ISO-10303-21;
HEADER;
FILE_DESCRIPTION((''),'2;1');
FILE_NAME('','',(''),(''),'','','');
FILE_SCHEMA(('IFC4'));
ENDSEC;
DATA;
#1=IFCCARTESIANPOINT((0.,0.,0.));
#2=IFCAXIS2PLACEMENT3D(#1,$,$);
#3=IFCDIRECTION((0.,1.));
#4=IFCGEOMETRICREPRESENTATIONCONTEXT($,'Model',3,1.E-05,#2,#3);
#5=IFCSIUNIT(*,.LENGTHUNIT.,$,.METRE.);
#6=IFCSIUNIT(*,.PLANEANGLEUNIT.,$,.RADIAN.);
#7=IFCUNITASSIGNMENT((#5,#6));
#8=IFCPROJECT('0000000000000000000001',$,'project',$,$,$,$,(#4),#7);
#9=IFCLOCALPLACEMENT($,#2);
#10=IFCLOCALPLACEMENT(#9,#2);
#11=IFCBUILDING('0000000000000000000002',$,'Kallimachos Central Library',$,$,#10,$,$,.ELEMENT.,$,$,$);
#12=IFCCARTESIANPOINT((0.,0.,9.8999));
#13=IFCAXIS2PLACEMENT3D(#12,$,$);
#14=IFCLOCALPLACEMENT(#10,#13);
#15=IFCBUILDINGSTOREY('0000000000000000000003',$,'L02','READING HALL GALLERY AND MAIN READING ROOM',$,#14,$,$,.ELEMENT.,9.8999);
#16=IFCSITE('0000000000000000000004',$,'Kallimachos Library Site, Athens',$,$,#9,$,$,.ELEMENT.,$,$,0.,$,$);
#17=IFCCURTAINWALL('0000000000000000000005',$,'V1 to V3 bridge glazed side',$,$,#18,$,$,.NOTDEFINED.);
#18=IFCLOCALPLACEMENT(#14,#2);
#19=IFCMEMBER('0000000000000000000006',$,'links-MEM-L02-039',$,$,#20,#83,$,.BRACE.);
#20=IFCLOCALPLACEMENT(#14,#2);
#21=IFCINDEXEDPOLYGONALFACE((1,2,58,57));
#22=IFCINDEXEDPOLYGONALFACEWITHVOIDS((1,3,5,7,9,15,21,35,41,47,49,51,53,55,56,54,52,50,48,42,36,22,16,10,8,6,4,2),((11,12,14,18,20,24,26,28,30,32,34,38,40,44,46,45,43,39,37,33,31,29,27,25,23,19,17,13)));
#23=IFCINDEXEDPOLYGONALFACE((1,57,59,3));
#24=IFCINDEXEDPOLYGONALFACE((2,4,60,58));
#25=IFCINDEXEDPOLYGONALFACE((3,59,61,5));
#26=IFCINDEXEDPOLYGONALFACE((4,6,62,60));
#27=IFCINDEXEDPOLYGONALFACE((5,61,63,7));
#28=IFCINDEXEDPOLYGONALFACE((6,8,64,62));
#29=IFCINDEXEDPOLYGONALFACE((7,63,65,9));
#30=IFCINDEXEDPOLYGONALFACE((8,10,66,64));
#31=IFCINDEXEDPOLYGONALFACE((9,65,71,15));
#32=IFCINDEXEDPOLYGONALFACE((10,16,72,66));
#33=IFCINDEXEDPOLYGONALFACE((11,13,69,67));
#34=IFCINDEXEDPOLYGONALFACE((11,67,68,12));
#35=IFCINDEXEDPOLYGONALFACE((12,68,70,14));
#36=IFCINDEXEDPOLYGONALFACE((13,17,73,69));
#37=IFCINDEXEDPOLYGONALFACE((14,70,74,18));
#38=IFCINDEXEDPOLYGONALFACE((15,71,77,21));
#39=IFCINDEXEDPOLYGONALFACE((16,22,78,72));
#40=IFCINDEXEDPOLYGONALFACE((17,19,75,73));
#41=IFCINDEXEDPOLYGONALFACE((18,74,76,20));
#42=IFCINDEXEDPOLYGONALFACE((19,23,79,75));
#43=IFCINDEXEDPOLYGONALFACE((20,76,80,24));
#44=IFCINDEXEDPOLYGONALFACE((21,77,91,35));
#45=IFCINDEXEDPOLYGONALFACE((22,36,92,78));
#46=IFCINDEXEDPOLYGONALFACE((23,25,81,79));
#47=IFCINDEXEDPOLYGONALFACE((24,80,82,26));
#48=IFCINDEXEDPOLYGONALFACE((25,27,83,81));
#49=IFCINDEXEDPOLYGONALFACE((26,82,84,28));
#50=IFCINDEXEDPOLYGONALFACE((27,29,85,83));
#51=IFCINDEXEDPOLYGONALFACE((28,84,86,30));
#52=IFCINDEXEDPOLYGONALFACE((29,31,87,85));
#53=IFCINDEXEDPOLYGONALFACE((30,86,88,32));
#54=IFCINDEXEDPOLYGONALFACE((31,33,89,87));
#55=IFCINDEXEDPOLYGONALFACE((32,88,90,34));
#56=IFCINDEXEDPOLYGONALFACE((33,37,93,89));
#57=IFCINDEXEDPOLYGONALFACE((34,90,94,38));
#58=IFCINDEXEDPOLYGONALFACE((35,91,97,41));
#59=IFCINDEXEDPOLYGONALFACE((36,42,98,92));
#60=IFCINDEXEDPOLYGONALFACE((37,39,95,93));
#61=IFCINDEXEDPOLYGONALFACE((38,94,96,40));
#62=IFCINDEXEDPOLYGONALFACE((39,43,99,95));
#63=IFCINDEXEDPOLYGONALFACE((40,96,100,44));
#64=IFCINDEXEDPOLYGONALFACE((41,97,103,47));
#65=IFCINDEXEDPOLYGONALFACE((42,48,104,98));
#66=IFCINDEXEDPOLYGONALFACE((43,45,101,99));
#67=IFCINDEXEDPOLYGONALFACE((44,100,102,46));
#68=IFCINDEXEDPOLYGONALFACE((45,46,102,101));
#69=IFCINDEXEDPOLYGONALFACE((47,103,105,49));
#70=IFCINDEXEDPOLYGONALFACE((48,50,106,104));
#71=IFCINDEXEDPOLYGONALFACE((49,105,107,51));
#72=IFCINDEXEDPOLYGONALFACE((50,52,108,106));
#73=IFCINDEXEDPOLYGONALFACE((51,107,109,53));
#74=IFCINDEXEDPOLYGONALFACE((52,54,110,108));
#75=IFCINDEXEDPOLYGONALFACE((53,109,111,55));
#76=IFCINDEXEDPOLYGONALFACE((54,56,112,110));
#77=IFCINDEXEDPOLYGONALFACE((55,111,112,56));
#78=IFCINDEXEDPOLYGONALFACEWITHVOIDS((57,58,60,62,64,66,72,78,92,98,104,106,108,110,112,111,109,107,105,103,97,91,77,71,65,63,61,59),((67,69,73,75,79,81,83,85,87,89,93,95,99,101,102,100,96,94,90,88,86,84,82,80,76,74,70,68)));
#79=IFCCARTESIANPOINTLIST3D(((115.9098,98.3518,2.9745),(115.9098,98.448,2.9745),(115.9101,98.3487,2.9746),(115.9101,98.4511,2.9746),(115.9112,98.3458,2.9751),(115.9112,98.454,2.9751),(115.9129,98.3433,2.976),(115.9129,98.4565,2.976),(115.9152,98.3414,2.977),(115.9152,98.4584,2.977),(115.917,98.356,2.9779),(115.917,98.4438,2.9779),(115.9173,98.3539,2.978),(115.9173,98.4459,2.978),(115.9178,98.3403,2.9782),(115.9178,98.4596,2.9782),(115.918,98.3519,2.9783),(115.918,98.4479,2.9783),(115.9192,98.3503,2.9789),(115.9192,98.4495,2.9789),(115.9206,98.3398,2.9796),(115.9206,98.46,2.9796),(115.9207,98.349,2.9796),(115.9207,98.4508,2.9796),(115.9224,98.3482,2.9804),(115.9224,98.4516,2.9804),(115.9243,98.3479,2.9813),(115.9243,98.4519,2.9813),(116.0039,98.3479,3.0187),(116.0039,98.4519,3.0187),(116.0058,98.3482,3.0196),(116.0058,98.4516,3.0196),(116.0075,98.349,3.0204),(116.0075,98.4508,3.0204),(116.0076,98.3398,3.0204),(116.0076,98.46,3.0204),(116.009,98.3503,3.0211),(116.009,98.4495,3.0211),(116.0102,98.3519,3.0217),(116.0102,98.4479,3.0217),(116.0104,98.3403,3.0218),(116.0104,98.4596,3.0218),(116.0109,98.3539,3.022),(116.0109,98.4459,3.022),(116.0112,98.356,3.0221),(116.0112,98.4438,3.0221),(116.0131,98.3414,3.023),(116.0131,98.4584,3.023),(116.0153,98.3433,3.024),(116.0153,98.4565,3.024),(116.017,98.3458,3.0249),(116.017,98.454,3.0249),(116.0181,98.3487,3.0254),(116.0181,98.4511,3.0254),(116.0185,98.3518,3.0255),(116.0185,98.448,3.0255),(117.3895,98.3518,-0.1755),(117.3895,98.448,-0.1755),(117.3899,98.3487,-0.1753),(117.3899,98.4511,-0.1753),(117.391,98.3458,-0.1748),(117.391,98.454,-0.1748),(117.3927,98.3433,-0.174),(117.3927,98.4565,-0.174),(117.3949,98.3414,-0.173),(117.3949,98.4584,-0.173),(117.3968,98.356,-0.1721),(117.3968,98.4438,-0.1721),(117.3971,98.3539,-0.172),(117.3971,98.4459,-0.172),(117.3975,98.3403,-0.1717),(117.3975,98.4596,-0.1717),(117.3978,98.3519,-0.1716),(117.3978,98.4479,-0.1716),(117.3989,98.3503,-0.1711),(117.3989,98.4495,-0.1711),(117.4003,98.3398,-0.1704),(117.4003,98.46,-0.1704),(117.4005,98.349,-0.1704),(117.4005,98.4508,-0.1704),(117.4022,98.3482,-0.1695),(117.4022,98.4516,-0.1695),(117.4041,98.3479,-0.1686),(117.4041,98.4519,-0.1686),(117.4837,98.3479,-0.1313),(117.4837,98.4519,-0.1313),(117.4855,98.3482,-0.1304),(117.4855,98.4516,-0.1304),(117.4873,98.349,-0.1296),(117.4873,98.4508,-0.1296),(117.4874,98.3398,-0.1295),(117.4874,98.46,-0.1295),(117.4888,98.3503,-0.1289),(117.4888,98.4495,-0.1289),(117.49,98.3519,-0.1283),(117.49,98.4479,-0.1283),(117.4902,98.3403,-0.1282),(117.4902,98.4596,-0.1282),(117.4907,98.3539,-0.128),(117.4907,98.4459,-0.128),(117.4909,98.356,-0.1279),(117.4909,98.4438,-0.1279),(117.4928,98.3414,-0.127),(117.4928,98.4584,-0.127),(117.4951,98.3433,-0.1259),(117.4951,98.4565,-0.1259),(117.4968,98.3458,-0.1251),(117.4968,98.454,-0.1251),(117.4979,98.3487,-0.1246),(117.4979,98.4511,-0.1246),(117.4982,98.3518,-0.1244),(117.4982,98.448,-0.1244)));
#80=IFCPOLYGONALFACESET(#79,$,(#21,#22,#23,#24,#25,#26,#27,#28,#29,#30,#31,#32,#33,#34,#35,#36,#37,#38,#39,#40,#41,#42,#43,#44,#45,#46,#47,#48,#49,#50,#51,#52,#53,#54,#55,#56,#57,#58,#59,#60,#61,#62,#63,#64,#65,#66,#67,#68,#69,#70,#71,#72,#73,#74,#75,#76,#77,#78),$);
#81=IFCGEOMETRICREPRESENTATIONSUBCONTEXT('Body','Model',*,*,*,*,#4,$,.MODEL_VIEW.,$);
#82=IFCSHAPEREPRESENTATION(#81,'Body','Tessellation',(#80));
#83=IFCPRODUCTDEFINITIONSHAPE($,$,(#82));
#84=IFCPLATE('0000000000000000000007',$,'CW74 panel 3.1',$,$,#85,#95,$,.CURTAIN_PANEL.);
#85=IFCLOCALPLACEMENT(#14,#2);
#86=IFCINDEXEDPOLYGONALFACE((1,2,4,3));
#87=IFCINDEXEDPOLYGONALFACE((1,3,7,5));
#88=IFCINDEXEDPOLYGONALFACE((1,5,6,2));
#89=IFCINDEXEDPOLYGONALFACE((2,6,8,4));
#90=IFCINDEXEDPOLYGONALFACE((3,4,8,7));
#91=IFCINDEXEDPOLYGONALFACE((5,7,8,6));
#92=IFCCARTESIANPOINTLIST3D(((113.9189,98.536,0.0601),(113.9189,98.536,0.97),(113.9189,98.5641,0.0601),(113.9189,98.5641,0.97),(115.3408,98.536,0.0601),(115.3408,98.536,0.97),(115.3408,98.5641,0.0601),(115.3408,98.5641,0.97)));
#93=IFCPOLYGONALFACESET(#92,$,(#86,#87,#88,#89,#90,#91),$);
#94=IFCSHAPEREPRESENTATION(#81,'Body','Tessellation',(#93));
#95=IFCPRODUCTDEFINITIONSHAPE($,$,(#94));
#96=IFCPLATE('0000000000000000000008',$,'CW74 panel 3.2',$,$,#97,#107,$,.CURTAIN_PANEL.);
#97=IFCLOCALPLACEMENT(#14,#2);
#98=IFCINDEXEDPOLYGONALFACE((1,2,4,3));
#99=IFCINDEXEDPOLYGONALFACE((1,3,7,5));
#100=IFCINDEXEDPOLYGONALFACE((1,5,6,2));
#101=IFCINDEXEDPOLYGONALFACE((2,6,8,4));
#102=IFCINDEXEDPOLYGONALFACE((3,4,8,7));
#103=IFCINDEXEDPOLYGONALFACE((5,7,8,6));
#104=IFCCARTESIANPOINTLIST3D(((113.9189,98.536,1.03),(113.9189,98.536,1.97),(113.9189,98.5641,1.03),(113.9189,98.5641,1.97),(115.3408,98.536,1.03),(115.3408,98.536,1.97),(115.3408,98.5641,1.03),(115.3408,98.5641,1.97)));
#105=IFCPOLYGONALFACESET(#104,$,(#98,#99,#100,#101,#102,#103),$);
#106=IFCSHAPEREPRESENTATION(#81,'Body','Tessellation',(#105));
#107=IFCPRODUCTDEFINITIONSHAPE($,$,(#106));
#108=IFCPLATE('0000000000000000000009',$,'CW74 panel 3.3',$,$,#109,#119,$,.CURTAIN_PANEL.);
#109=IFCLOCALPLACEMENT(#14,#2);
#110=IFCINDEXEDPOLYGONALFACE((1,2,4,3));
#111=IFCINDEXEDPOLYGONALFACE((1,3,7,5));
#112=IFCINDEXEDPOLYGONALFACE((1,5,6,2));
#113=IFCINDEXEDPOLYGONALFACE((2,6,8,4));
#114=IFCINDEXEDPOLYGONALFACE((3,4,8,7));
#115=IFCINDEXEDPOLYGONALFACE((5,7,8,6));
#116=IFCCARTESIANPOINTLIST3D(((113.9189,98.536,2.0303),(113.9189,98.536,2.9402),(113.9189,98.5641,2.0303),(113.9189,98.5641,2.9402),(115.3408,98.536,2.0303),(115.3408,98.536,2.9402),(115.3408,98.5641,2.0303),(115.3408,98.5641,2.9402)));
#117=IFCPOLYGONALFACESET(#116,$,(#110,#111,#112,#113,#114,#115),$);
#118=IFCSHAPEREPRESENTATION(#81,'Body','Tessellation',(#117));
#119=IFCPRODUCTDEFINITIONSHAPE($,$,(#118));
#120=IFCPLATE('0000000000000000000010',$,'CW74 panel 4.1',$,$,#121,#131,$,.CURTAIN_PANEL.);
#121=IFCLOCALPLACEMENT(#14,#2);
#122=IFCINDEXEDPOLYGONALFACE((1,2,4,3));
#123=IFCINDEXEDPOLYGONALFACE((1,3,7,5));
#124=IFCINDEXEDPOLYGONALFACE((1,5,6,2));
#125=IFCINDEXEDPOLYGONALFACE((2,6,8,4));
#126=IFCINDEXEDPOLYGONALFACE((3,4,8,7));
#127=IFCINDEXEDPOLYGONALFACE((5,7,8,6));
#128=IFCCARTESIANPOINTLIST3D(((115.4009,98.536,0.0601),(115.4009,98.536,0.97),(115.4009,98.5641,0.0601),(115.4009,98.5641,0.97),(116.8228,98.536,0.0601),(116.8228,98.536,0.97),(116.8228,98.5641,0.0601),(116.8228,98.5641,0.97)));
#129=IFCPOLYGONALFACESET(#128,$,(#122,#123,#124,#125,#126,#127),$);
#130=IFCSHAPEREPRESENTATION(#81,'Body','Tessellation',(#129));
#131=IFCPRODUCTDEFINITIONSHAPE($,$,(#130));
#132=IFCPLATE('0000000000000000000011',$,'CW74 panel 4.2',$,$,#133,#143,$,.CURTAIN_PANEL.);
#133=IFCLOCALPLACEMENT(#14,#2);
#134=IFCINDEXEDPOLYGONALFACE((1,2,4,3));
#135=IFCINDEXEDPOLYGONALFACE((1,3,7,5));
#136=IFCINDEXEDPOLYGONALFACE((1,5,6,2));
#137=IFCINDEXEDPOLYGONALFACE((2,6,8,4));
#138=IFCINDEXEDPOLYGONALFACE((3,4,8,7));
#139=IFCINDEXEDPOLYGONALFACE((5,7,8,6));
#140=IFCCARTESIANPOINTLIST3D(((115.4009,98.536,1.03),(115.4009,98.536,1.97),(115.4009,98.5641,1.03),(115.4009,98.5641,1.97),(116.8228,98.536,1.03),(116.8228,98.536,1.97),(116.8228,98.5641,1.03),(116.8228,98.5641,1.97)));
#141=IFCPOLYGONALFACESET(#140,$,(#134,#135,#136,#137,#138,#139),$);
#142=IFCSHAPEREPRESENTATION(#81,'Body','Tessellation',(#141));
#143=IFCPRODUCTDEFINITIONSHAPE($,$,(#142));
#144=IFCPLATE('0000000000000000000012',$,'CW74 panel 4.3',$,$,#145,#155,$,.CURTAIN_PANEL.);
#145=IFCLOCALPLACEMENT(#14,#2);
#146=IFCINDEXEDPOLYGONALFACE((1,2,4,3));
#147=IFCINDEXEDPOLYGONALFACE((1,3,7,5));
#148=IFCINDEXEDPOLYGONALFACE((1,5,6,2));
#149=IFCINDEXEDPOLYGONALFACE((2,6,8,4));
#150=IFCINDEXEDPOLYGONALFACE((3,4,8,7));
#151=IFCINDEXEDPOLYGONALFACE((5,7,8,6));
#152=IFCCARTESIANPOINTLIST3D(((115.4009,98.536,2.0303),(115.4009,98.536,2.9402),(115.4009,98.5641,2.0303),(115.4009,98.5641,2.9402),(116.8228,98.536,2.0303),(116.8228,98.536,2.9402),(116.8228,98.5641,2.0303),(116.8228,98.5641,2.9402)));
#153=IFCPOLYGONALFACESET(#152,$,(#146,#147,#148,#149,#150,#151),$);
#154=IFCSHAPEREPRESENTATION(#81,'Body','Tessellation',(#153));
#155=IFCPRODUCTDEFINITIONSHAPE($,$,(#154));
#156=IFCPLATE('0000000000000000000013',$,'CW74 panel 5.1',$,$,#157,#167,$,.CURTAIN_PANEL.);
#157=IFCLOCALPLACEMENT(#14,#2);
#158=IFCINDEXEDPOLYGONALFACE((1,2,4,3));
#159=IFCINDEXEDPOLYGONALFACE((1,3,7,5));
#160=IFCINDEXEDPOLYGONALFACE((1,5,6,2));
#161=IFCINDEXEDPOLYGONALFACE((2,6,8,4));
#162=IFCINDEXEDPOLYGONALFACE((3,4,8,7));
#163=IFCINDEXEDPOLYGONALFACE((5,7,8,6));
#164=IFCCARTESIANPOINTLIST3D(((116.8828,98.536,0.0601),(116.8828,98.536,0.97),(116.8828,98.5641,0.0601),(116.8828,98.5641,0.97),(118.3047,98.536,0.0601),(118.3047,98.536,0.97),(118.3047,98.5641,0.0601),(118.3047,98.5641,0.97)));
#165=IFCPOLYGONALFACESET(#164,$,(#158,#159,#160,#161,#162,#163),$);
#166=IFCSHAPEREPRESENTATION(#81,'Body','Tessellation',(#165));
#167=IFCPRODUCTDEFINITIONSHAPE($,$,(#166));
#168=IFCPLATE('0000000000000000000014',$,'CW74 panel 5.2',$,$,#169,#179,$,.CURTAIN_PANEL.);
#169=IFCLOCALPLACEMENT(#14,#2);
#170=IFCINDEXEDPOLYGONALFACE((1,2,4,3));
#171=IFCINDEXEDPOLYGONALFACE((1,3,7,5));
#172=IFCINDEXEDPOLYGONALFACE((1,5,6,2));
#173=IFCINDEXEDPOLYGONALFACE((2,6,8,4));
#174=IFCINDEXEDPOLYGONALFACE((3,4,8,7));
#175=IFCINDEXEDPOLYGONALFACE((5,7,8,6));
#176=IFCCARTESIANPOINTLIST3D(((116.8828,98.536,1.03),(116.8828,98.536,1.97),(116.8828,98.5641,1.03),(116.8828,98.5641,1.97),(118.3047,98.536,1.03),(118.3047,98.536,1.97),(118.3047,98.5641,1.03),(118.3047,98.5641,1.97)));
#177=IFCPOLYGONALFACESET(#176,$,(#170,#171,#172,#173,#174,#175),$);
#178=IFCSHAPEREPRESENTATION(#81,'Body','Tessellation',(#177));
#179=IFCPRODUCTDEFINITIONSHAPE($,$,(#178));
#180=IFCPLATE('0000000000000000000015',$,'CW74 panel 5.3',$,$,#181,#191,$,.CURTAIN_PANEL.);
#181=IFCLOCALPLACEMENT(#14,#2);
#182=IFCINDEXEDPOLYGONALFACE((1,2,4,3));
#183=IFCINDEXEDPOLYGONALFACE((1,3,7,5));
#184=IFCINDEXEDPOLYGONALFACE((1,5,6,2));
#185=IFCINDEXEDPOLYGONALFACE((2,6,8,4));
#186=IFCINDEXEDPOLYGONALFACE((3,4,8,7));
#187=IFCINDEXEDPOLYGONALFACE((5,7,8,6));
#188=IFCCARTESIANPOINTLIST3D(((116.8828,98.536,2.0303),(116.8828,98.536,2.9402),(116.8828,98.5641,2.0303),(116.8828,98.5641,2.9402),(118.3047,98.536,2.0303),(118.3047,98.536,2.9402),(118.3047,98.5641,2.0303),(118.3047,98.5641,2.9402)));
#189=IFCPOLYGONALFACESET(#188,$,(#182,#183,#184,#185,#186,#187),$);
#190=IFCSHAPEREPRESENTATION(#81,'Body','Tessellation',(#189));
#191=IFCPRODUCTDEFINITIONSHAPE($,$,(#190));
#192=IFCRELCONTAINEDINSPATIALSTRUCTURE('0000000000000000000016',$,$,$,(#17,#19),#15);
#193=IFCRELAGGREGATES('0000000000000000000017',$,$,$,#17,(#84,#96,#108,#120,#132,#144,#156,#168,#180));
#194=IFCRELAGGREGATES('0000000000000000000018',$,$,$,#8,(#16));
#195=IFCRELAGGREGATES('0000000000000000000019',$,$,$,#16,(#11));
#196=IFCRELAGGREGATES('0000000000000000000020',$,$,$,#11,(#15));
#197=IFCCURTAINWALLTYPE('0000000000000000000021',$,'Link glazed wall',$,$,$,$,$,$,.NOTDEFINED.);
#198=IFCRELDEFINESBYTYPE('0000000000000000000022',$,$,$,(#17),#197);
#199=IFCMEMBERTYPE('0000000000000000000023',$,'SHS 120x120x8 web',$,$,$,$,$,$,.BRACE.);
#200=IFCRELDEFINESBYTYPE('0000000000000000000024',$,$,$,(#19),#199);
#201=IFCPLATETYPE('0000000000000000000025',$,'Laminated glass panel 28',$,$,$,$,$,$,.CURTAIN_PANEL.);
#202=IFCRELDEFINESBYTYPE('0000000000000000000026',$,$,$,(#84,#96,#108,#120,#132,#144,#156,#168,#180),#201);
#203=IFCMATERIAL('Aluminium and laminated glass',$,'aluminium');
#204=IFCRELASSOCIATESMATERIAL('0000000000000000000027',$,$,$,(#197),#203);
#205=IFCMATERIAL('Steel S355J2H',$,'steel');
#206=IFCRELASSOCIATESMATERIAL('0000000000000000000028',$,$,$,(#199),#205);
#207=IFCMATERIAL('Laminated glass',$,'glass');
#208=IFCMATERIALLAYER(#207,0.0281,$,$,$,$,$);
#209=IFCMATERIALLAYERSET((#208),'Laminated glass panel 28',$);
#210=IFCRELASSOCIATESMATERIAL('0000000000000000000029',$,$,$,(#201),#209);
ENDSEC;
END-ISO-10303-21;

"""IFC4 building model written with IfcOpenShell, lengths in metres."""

from ifc_helpers import new_model, si_unit, direction, frame, origin, origin_2d, place, context, subcontext, project, spatial, rectangle, hollow_rectangle, extrude, material, layer, layer_set, material_profile, profile_set, type_object, element, aggregate, save


model = new_model("IFC4")

# Units and contexts
model_context = context("Model", 3, precision=1e-05, world=origin(), true_north=direction((0.0, 1.0)))
body_context = subcontext(model_context, "Body", "Model", "MODEL_VIEW")
ifc_project = project(units=[si_unit("LENGTHUNIT", "METRE"), si_unit("PLANEANGLEUNIT", "RADIAN")], contexts=[model_context])

# Site, building, storey
site_placement = place(None, origin())
site = spatial("IfcSite", under=ifc_project, at=site_placement, Name="Kallimachos Library Site, Athens", CompositionType="ELEMENT", RefElevation=0.0)
building_placement = place(site_placement, origin())
building = spatial("IfcBuilding", under=site, at=building_placement, Name="Kallimachos Central Library", CompositionType="ELEMENT")
storey_placement = place(building_placement, frame((0.0, 0.0, 9.8999)))
storey = spatial("IfcBuildingStorey", under=building, at=storey_placement, Name="L02", Description="READING HALL GALLERY AND MAIN READING ROOM", CompositionType="ELEMENT", Elevation=9.8999)

# Curtain wall
ifc_material_1 = material(Name="Aluminium and laminated glass", Category="aluminium")
curtain_wall_type = type_object("IfcCurtainWallType", Name="Link glazed wall", PredefinedType="NOTDEFINED", material=ifc_material_1)
curtain_wall_1_placement = place(storey_placement, origin())
curtain_wall_1 = element("IfcCurtainWall", 1, at=curtain_wall_1_placement, inside=storey, type_object=curtain_wall_type, Name="V1 to V3 bridge glazed side", PredefinedType="NOTDEFINED")

# Member
ifc_material_2 = material(Name="Steel S355J2H", Category="steel")
ifc_material_profile_1 = material_profile(ifc_material_2, hollow_rectangle(XDim=0.1201, YDim=0.1201, WallThickness=0.0081, InnerFilletRadius=0.0081, OuterFilletRadius=0.012, at=origin_2d()), Name="SHS 120x120x8")
ifc_profile_set_1 = profile_set([ifc_material_profile_1], Name="Steel S355J2H")
member_type_1 = type_object("IfcMemberType", Name="SHS 120x120x8 web", PredefinedType="BRACE", material=ifc_profile_set_1)
for number, where, z_axis, x_axis, name in (
    (2, (115.9641, 98.3999, 3.0), (0.425192, 0.0, -0.905103), (0.0, 1.0, 0.0), "links-MEM-L02-039"),
):
    element("IfcMember", number, at=place(storey_placement, frame(where, z_axis=z_axis, x_axis=x_axis)), inside=storey, type_object=member_type_1, Name=name, PredefinedType="BRACE", context=body_context, shape_type="SweptSolid", body=[
        extrude(hollow_rectangle(XDim=0.1201, YDim=0.1201, WallThickness=0.0081, InnerFilletRadius=0.0081, OuterFilletRadius=0.012, at=origin_2d()), origin(), (0.0, 0.0, 1.0), 3.4802),
    ])

# Plates
ifc_material_3 = material(Name="Laminated glass", Category="glass")
ifc_layer = layer(ifc_material_3, 0.0281)
ifc_layer_set = layer_set([ifc_layer], Name="Laminated glass panel 28")
plate_type = type_object("IfcPlateType", Name="Laminated glass panel 28", PredefinedType="CURTAIN_PANEL", material=ifc_layer_set)
plate_1_placement = place(storey_placement, frame((114.6299, 98.55, 0.0601), z_axis=(0.0, 0.0, 1.0), x_axis=(1.0, 0.0, 0.0)))
plate_1 = element("IfcPlate", 3, at=plate_1_placement, type_object=plate_type, Name="CW74 panel 3.1", PredefinedType="CURTAIN_PANEL", context=body_context, shape_type="SweptSolid", body=[
    extrude(rectangle(XDim=1.4219, YDim=0.0281, at=origin_2d()), origin(), (0.0, 0.0, 1.0), 0.9099),
])
plate_2_placement = place(storey_placement, frame((114.6299, 98.55, 1.03), z_axis=(0.0, 0.0, 1.0), x_axis=(1.0, 0.0, 0.0)))
plate_2 = element("IfcPlate", 4, at=plate_2_placement, type_object=plate_type, Name="CW74 panel 3.2", PredefinedType="CURTAIN_PANEL", context=body_context, shape_type="SweptSolid", body=[
    extrude(rectangle(XDim=1.4219, YDim=0.0281, at=origin_2d()), origin(), (0.0, 0.0, 1.0), 0.9399),
])
plate_3_placement = place(storey_placement, frame((114.6299, 98.55, 2.0303), z_axis=(0.0, 0.0, 1.0), x_axis=(1.0, 0.0, 0.0)))
plate_3 = element("IfcPlate", 5, at=plate_3_placement, type_object=plate_type, Name="CW74 panel 3.3", PredefinedType="CURTAIN_PANEL", context=body_context, shape_type="SweptSolid", body=[
    extrude(rectangle(XDim=1.4219, YDim=0.0281, at=origin_2d()), origin(), (0.0, 0.0, 1.0), 0.9099),
])
plate_4_placement = place(storey_placement, frame((116.1118, 98.55, 0.0601), z_axis=(0.0, 0.0, 1.0), x_axis=(1.0, 0.0, 0.0)))
plate_4 = element("IfcPlate", 6, at=plate_4_placement, type_object=plate_type, Name="CW74 panel 4.1", PredefinedType="CURTAIN_PANEL", context=body_context, shape_type="SweptSolid", body=[
    extrude(rectangle(XDim=1.4219, YDim=0.0281, at=origin_2d()), origin(), (0.0, 0.0, 1.0), 0.9099),
])
plate_5_placement = place(storey_placement, frame((116.1118, 98.55, 1.03), z_axis=(0.0, 0.0, 1.0), x_axis=(1.0, 0.0, 0.0)))
plate_5 = element("IfcPlate", 7, at=plate_5_placement, type_object=plate_type, Name="CW74 panel 4.2", PredefinedType="CURTAIN_PANEL", context=body_context, shape_type="SweptSolid", body=[
    extrude(rectangle(XDim=1.4219, YDim=0.0281, at=origin_2d()), origin(), (0.0, 0.0, 1.0), 0.9399),
])
plate_6_placement = place(storey_placement, frame((116.1118, 98.55, 2.0303), z_axis=(0.0, 0.0, 1.0), x_axis=(1.0, 0.0, 0.0)))
plate_6 = element("IfcPlate", 8, at=plate_6_placement, type_object=plate_type, Name="CW74 panel 4.3", PredefinedType="CURTAIN_PANEL", context=body_context, shape_type="SweptSolid", body=[
    extrude(rectangle(XDim=1.4219, YDim=0.0281, at=origin_2d()), origin(), (0.0, 0.0, 1.0), 0.9099),
])
plate_7_placement = place(storey_placement, frame((117.5938, 98.55, 0.0601), z_axis=(0.0, 0.0, 1.0), x_axis=(1.0, 0.0, 0.0)))
plate_7 = element("IfcPlate", 9, at=plate_7_placement, type_object=plate_type, Name="CW74 panel 5.1", PredefinedType="CURTAIN_PANEL", context=body_context, shape_type="SweptSolid", body=[
    extrude(rectangle(XDim=1.4219, YDim=0.0281, at=origin_2d()), origin(), (0.0, 0.0, 1.0), 0.9099),
])
plate_8_placement = place(storey_placement, frame((117.5938, 98.55, 1.03), z_axis=(0.0, 0.0, 1.0), x_axis=(1.0, 0.0, 0.0)))
plate_8 = element("IfcPlate", 10, at=plate_8_placement, type_object=plate_type, Name="CW74 panel 5.2", PredefinedType="CURTAIN_PANEL", context=body_context, shape_type="SweptSolid", body=[
    extrude(rectangle(XDim=1.4219, YDim=0.0281, at=origin_2d()), origin(), (0.0, 0.0, 1.0), 0.9399),
])
plate_9_placement = place(storey_placement, frame((117.5938, 98.55, 2.0303), z_axis=(0.0, 0.0, 1.0), x_axis=(1.0, 0.0, 0.0)))
plate_9 = element("IfcPlate", 11, at=plate_9_placement, type_object=plate_type, Name="CW74 panel 5.3", PredefinedType="CURTAIN_PANEL", context=body_context, shape_type="SweptSolid", body=[
    extrude(rectangle(XDim=1.4219, YDim=0.0281, at=origin_2d()), origin(), (0.0, 0.0, 1.0), 0.9099),
])
aggregate(curtain_wall_1, [plate_1, plate_2, plate_3, plate_4, plate_5, plate_6, plate_7, plate_8, plate_9])

save(model, "model.ifc")
